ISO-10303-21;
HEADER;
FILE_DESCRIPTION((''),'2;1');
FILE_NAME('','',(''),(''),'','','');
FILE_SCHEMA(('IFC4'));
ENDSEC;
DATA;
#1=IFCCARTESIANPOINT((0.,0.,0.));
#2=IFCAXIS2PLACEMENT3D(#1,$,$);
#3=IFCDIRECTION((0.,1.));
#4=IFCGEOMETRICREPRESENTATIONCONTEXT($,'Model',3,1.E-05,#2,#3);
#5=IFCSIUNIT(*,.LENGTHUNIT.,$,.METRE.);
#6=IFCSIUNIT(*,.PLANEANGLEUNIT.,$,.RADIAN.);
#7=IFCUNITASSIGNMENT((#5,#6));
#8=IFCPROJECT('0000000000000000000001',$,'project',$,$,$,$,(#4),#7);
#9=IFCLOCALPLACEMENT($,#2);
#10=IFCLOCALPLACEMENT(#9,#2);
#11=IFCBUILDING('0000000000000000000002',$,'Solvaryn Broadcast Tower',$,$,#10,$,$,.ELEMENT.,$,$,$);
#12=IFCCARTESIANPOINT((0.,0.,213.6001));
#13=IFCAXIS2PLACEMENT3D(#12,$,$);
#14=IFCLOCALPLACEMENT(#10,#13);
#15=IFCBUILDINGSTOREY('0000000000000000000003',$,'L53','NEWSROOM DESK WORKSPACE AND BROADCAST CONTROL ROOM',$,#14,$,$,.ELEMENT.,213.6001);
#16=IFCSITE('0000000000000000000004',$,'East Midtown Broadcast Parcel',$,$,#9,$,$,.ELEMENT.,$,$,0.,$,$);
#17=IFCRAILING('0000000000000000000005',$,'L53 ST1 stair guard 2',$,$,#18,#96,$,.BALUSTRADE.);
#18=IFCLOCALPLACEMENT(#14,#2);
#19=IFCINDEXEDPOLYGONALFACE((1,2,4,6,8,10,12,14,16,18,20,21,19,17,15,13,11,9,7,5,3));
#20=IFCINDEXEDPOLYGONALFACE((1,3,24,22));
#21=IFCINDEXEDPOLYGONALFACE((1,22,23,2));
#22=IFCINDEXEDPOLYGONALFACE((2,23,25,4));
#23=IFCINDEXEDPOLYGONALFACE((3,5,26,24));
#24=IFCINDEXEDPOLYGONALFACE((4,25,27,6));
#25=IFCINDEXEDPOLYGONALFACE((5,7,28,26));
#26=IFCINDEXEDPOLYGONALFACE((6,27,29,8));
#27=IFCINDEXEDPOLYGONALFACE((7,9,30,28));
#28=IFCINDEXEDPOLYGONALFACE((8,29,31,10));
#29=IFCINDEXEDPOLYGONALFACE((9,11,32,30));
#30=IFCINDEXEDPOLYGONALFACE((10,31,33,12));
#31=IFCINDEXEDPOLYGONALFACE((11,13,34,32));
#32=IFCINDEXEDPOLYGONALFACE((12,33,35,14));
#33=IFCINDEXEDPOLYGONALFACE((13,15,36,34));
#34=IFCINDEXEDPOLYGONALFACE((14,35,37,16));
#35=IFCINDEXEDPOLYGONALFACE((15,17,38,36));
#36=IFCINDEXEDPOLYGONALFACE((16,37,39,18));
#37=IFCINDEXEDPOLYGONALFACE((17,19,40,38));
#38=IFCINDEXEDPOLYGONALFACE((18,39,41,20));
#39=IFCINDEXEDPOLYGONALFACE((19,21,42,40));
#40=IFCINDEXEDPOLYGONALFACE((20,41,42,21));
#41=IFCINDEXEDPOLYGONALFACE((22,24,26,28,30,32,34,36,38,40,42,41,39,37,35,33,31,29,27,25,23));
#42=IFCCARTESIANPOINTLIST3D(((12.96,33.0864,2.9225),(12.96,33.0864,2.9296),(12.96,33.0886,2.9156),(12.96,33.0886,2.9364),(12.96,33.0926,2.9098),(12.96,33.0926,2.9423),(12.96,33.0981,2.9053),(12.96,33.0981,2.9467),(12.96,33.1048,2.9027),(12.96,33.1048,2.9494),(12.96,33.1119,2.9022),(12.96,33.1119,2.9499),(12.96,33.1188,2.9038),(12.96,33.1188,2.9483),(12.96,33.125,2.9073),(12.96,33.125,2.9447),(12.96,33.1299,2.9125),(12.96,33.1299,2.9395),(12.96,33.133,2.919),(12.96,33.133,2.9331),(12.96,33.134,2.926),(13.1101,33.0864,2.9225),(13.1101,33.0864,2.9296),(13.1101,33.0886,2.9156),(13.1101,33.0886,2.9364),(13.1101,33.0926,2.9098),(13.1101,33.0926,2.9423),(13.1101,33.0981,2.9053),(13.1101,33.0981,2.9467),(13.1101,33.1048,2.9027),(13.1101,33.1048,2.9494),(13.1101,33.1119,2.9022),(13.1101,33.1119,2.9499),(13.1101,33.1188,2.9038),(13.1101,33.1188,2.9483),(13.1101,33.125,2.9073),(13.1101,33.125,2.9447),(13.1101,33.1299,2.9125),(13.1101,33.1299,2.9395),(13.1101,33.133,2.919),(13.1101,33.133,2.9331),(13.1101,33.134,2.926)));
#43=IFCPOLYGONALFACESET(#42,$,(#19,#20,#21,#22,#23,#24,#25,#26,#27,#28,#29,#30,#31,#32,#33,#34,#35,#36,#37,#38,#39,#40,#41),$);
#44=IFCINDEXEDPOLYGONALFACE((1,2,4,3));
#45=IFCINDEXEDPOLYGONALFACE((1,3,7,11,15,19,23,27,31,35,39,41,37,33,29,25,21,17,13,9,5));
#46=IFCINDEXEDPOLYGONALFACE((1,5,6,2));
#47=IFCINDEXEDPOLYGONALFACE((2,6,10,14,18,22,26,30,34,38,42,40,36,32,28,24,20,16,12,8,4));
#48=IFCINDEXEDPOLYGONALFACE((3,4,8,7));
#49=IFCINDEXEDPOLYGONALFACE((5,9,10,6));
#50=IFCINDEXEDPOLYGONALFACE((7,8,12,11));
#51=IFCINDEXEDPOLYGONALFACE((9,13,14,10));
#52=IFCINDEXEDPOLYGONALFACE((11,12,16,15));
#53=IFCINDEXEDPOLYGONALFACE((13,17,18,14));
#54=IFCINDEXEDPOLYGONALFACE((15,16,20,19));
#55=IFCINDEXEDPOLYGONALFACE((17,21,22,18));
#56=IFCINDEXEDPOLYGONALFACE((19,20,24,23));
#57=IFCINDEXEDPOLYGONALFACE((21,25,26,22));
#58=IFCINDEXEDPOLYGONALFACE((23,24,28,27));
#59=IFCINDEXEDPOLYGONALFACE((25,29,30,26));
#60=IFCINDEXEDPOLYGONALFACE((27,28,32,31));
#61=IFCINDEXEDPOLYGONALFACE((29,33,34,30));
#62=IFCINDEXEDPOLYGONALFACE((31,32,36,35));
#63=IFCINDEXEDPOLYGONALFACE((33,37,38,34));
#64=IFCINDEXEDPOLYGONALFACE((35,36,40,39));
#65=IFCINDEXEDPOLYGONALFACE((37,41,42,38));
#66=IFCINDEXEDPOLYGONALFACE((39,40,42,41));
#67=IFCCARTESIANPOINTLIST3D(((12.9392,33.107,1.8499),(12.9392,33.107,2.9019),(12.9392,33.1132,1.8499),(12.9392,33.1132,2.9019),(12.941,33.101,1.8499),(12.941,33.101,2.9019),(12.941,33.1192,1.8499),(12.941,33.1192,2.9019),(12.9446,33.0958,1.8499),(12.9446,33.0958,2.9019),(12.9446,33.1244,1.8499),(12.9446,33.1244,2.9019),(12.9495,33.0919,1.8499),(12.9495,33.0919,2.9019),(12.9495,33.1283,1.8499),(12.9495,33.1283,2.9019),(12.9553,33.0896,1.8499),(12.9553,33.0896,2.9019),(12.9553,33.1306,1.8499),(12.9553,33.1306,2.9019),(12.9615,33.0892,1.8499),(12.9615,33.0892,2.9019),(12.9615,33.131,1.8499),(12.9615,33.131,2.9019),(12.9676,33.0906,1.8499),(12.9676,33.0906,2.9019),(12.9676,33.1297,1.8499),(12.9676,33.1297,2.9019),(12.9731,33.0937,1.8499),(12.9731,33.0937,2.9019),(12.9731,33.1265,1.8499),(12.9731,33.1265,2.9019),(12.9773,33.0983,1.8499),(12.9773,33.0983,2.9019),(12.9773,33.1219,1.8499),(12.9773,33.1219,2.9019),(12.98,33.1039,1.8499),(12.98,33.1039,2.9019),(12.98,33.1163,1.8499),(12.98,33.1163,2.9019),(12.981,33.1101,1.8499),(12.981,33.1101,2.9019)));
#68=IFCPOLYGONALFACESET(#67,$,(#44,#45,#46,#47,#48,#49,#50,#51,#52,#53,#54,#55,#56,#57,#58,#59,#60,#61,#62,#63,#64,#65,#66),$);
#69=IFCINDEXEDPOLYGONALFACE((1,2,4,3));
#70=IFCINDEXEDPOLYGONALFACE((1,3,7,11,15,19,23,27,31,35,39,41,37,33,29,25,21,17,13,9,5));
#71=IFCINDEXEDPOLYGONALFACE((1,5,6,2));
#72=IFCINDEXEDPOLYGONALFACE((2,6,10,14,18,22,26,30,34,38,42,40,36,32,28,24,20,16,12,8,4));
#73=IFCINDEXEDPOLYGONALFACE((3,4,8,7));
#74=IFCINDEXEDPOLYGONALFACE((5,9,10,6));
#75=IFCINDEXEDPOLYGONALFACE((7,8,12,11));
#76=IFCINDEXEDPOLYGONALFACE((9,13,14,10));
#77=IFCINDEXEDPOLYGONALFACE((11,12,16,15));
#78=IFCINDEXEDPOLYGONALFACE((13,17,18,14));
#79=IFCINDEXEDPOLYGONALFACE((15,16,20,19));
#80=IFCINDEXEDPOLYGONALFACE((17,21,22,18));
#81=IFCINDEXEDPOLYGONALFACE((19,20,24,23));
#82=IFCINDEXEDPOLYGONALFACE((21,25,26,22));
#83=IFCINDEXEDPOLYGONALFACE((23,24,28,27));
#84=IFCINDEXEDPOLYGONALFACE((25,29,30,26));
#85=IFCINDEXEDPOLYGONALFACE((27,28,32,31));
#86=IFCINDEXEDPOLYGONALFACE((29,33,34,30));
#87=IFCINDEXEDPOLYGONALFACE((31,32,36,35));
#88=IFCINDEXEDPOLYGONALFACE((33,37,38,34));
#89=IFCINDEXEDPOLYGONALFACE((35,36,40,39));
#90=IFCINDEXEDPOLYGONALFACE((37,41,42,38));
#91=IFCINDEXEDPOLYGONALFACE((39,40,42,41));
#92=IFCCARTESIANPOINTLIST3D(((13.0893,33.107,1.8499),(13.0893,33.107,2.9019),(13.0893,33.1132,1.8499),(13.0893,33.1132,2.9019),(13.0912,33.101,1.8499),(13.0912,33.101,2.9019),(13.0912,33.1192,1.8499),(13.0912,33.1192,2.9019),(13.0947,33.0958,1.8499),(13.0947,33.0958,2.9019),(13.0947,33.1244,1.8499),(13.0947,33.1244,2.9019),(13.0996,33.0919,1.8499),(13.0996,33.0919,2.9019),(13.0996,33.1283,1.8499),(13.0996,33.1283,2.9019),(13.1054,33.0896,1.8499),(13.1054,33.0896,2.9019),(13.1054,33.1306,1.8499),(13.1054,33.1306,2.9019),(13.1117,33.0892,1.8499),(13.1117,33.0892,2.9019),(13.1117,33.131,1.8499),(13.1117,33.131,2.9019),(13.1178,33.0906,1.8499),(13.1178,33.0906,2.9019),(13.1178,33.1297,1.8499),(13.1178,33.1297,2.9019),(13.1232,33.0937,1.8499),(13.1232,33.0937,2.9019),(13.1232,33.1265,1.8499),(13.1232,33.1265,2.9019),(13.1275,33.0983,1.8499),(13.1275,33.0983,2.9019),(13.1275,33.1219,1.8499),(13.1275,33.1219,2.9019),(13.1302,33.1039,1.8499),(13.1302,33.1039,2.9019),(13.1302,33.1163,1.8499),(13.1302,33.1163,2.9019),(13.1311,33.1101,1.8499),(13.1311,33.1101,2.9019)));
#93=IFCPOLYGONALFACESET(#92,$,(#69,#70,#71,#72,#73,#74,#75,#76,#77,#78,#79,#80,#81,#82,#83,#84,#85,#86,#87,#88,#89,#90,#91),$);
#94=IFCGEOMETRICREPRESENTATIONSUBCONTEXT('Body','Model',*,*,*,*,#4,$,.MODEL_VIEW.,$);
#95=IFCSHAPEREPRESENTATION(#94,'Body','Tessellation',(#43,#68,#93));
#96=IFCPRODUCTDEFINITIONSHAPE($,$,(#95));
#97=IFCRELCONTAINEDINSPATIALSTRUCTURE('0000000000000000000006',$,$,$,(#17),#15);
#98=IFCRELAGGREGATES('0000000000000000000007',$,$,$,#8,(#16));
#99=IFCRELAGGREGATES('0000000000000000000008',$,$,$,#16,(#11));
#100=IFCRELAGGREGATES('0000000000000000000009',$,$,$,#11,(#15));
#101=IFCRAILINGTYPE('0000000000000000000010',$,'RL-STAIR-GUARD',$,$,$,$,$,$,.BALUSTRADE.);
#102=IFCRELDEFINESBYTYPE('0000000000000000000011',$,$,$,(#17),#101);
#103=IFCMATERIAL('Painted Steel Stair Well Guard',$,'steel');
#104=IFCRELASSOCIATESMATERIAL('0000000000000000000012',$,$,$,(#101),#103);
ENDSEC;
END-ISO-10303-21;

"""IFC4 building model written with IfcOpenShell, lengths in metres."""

from ifc_helpers import new_model, si_unit, direction, frame, origin, origin_2d, place, context, subcontext, project, spatial, circle, extrude, material, type_object, element, save


model = new_model("IFC4")

# Units and contexts
model_context = context("Model", 3, precision=1e-05, world=origin(), true_north=direction((0.0, 1.0)))
body_context = subcontext(model_context, "Body", "Model", "MODEL_VIEW")
ifc_project = project(units=[si_unit("LENGTHUNIT", "METRE"), si_unit("PLANEANGLEUNIT", "RADIAN")], contexts=[model_context])

# Site, building, storey
site_placement = place(None, origin())
site = spatial("IfcSite", under=ifc_project, at=site_placement, Name="East Midtown Broadcast Parcel", CompositionType="ELEMENT", RefElevation=0.0)
building_placement = place(site_placement, origin())
building = spatial("IfcBuilding", under=site, at=building_placement, Name="Solvaryn Broadcast Tower", CompositionType="ELEMENT")
storey_placement = place(building_placement, frame((0.0, 0.0, 213.6001)))
storey = spatial("IfcBuildingStorey", under=building, at=storey_placement, Name="L53", Description="NEWSROOM DESK WORKSPACE AND BROADCAST CONTROL ROOM", CompositionType="ELEMENT", Elevation=213.6001)

# Railing
ifc_material_1 = material(Name="Painted Steel Stair Well Guard", Category="steel")
railing_type_1 = type_object("IfcRailingType", Name="RL-STAIR-GUARD", PredefinedType="BALUSTRADE", material=ifc_material_1)
railing_1_placement = place(storey_placement, frame((12.96, 33.1101, 1.8499)))
element("IfcRailing", 1, at=railing_1_placement, inside=storey, type_object=railing_type_1, Name="L53 ST1 stair guard 2", PredefinedType="BALUSTRADE", context=body_context, shape_type="SweptSolid", body=[
    extrude(circle(Radius=0.0239, at=origin_2d()), frame((0.0, 0.0, 1.0762), z_axis=(1.0, 0.0, 0.0), x_axis=(0.0, 1.0, 0.0)), (0.0, 0.0, 1.0), 0.1501),
    extrude(circle(Radius=0.021, at=origin_2d()), origin(), (0.0, 0.0, 1.0), 1.052),
    extrude(circle(Radius=0.021, at=origin_2d()), frame((0.1501, 0.0, 0.0)), (0.0, 0.0, 1.0), 1.052),
])

save(model, "model.ifc")
